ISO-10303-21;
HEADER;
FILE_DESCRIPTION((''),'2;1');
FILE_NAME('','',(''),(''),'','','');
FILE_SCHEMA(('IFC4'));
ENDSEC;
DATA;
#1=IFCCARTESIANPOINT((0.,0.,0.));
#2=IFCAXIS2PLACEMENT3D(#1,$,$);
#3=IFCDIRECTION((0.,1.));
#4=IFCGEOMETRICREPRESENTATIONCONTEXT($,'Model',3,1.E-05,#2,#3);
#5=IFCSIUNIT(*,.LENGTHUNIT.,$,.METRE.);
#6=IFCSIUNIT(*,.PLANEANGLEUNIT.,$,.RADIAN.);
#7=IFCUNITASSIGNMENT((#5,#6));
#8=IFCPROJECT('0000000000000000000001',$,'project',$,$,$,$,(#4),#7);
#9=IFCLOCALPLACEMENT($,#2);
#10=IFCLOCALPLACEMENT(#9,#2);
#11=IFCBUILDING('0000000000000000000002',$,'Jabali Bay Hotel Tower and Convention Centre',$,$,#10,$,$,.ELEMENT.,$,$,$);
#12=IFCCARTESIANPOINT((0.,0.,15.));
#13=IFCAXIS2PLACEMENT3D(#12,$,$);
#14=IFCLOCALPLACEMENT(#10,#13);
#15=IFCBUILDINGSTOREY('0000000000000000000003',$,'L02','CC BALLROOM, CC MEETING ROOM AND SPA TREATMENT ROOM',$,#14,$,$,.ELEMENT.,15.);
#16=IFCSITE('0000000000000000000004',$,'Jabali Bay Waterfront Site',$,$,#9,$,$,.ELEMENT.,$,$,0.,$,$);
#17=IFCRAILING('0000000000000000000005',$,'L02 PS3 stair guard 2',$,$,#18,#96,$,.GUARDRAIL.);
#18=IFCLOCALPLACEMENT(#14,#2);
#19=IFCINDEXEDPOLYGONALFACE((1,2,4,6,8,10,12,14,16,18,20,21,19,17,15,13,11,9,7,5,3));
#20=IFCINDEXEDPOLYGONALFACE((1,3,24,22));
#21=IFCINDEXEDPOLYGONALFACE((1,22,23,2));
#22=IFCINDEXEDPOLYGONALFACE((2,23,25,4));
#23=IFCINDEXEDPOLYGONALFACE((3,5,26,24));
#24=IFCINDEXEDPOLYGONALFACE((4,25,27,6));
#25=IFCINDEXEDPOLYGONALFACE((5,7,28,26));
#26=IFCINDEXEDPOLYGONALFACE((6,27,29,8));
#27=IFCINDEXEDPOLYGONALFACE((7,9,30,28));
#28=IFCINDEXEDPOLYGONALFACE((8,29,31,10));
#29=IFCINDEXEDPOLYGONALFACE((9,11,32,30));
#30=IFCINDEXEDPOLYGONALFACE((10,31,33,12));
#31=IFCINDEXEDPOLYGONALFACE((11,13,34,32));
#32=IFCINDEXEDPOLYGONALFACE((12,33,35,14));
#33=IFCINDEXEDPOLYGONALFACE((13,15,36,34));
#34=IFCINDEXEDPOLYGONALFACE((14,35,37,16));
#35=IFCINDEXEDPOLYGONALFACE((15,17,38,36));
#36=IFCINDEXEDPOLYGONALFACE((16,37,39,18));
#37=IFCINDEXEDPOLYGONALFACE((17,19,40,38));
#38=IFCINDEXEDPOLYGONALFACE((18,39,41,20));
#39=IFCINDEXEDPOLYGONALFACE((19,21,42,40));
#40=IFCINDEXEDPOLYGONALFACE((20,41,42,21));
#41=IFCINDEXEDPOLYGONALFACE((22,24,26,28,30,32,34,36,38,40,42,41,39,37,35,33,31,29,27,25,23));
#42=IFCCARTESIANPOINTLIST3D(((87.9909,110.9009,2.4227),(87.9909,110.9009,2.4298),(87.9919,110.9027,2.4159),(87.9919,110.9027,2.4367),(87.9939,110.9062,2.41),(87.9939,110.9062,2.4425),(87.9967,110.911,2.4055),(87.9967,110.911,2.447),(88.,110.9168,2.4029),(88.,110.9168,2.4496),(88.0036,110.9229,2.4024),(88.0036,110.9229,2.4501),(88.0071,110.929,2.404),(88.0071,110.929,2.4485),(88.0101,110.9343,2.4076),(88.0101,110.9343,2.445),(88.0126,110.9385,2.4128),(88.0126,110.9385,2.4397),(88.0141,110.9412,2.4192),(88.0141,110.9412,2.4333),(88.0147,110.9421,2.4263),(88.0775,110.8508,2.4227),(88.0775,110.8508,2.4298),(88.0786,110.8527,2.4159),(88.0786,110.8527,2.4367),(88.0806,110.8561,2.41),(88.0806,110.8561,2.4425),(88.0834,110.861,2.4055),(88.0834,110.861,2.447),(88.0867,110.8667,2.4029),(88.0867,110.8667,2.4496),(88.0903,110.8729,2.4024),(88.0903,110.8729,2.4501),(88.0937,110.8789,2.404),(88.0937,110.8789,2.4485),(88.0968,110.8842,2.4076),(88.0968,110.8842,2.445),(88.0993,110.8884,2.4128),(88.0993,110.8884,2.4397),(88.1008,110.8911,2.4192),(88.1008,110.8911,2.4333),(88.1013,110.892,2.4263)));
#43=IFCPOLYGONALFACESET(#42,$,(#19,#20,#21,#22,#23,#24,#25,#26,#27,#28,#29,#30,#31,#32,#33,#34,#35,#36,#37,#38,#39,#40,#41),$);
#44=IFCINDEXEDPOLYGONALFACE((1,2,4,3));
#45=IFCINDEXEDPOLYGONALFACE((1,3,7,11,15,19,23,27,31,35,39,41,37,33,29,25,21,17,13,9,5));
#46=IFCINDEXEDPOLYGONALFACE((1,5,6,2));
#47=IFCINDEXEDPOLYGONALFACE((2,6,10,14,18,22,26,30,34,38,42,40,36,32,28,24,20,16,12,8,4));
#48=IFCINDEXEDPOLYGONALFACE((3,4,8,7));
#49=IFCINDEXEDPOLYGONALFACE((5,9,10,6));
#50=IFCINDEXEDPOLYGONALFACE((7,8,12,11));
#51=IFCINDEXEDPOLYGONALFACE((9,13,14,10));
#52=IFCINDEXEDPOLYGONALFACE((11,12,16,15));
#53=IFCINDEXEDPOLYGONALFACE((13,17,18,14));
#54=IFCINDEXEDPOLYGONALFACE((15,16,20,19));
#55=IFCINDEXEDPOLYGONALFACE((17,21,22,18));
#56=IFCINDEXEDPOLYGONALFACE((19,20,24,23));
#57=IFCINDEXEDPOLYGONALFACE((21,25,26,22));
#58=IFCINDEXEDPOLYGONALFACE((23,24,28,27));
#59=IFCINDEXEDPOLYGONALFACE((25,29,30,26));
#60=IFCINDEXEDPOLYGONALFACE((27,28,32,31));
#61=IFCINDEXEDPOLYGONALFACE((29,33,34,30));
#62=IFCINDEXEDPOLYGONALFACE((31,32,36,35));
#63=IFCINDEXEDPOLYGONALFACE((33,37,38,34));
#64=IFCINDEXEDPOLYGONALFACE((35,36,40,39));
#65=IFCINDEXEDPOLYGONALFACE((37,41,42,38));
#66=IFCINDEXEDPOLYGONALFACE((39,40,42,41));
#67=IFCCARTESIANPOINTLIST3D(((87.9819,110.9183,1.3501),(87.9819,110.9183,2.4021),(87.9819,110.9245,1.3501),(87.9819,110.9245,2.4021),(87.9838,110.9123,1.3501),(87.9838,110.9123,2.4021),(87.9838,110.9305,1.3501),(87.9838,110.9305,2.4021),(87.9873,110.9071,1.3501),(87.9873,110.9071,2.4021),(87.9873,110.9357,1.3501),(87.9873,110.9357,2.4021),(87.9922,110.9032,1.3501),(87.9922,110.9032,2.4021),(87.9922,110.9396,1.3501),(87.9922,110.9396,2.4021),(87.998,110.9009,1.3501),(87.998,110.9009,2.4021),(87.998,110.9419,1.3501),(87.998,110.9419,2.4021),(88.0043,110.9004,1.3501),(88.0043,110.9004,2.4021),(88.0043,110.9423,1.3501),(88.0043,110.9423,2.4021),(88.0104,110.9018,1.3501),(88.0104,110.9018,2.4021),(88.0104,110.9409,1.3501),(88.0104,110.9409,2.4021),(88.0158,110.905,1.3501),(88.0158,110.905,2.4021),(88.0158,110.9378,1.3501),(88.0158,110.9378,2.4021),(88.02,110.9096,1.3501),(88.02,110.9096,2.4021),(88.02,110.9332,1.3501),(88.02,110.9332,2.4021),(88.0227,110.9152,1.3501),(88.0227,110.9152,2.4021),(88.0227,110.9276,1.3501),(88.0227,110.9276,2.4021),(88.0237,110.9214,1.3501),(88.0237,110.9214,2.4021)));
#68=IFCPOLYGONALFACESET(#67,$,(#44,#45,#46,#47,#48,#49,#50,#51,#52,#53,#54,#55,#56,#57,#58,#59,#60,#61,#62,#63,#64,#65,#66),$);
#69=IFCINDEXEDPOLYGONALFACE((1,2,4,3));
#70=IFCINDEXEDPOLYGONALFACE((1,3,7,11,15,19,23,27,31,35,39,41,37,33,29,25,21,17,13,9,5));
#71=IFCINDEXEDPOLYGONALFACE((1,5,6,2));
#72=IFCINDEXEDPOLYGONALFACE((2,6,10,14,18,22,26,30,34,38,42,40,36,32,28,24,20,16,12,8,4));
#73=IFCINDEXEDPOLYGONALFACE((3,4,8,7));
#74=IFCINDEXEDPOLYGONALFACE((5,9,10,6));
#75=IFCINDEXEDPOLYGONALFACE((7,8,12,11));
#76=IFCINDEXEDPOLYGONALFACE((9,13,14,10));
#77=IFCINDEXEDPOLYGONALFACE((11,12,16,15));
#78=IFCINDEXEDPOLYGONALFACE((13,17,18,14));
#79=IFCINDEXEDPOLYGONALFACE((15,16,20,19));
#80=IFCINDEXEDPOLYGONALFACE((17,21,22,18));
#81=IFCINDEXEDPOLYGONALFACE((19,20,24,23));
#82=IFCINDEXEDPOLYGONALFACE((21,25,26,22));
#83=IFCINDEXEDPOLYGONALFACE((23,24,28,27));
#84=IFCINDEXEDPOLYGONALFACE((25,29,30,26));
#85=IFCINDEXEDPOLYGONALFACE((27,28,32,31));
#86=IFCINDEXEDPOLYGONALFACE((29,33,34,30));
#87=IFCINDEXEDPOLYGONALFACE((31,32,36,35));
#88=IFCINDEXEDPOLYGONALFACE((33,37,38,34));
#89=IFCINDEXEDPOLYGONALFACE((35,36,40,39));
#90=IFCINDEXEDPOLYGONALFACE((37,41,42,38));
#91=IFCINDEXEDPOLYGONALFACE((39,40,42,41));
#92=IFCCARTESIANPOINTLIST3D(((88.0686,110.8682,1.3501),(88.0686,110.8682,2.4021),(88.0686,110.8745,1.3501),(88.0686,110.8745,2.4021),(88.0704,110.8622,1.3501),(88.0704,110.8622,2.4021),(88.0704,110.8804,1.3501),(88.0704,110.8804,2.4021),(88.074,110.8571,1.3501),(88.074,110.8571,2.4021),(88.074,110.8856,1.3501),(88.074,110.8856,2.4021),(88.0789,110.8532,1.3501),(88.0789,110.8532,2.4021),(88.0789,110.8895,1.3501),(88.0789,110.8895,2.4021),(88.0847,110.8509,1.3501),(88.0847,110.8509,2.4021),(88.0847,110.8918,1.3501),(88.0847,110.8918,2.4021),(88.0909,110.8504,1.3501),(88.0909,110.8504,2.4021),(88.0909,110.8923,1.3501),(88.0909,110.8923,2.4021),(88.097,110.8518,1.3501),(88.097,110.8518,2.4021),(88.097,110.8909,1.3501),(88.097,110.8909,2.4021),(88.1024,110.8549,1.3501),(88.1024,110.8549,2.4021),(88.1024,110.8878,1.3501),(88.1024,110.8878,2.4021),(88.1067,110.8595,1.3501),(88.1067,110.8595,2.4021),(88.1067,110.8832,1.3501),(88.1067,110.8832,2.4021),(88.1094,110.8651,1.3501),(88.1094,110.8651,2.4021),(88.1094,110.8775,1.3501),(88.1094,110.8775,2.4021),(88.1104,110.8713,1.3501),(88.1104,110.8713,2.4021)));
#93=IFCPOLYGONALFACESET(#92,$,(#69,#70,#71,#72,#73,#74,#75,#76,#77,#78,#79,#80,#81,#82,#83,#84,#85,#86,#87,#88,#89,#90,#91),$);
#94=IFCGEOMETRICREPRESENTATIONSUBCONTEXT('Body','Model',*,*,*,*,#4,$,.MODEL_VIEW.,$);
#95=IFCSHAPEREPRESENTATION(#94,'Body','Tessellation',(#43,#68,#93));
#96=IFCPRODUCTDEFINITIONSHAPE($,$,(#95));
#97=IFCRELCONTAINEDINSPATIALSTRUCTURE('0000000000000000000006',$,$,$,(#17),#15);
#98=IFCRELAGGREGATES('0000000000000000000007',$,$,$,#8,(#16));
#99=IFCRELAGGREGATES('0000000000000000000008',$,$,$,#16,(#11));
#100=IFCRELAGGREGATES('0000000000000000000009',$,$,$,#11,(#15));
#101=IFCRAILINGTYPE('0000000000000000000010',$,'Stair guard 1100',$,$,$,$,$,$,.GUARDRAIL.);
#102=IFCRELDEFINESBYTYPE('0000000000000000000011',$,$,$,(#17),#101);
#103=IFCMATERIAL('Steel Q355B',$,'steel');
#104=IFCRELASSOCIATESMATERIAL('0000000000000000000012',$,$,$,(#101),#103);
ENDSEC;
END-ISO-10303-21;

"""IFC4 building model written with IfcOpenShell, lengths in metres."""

from ifc_helpers import new_model, si_unit, direction, frame, origin, origin_2d, place, context, subcontext, project, spatial, circle, extrude, material, type_object, element, save


model = new_model("IFC4")

# Units and contexts
model_context = context("Model", 3, precision=1e-05, world=origin(), true_north=direction((0.0, 1.0)))
body_context = subcontext(model_context, "Body", "Model", "MODEL_VIEW")
ifc_project = project(units=[si_unit("LENGTHUNIT", "METRE"), si_unit("PLANEANGLEUNIT", "RADIAN")], contexts=[model_context])

# Site, building, storey
site_placement = place(None, origin())
site = spatial("IfcSite", under=ifc_project, at=site_placement, Name="Jabali Bay Waterfront Site", CompositionType="ELEMENT", RefElevation=0.0)
building_placement = place(site_placement, origin())
building = spatial("IfcBuilding", under=site, at=building_placement, Name="Jabali Bay Hotel Tower and Convention Centre", CompositionType="ELEMENT")
storey_placement = place(building_placement, frame((0.0, 0.0, 15.0)))
storey = spatial("IfcBuildingStorey", under=building, at=storey_placement, Name="L02", Description="CC BALLROOM, CC MEETING ROOM AND SPA TREATMENT ROOM", CompositionType="ELEMENT", Elevation=15.0)

# Railing
ifc_material_1 = material(Name="Steel Q355B", Category="steel")
railing_type_1 = type_object("IfcRailingType", Name="Stair guard 1100", PredefinedType="GUARDRAIL", material=ifc_material_1)
railing_1_placement = place(storey_placement, frame((88.0027, 110.9214, 1.3501)))
element("IfcRailing", 1, at=railing_1_placement, inside=storey, type_object=railing_type_1, Name="L02 PS3 stair guard 2", PredefinedType="GUARDRAIL", context=body_context, shape_type="SweptSolid", body=[
    extrude(circle(Radius=0.0239, at=origin_2d()), frame((0.0, 0.0, 1.0762), z_axis=(0.865982, -0.500074, 0.0), x_axis=(0.500074, 0.865982, 0.0)), (0.0, 0.0, 1.0), 0.1001),
    extrude(circle(Radius=0.021, at=origin_2d()), origin(), (0.0, 0.0, 1.0), 1.052),
    extrude(circle(Radius=0.021, at=origin_2d()), frame((0.0867, -0.05, 0.0)), (0.0, 0.0, 1.0), 1.052),
])

save(model, "model.ifc")
